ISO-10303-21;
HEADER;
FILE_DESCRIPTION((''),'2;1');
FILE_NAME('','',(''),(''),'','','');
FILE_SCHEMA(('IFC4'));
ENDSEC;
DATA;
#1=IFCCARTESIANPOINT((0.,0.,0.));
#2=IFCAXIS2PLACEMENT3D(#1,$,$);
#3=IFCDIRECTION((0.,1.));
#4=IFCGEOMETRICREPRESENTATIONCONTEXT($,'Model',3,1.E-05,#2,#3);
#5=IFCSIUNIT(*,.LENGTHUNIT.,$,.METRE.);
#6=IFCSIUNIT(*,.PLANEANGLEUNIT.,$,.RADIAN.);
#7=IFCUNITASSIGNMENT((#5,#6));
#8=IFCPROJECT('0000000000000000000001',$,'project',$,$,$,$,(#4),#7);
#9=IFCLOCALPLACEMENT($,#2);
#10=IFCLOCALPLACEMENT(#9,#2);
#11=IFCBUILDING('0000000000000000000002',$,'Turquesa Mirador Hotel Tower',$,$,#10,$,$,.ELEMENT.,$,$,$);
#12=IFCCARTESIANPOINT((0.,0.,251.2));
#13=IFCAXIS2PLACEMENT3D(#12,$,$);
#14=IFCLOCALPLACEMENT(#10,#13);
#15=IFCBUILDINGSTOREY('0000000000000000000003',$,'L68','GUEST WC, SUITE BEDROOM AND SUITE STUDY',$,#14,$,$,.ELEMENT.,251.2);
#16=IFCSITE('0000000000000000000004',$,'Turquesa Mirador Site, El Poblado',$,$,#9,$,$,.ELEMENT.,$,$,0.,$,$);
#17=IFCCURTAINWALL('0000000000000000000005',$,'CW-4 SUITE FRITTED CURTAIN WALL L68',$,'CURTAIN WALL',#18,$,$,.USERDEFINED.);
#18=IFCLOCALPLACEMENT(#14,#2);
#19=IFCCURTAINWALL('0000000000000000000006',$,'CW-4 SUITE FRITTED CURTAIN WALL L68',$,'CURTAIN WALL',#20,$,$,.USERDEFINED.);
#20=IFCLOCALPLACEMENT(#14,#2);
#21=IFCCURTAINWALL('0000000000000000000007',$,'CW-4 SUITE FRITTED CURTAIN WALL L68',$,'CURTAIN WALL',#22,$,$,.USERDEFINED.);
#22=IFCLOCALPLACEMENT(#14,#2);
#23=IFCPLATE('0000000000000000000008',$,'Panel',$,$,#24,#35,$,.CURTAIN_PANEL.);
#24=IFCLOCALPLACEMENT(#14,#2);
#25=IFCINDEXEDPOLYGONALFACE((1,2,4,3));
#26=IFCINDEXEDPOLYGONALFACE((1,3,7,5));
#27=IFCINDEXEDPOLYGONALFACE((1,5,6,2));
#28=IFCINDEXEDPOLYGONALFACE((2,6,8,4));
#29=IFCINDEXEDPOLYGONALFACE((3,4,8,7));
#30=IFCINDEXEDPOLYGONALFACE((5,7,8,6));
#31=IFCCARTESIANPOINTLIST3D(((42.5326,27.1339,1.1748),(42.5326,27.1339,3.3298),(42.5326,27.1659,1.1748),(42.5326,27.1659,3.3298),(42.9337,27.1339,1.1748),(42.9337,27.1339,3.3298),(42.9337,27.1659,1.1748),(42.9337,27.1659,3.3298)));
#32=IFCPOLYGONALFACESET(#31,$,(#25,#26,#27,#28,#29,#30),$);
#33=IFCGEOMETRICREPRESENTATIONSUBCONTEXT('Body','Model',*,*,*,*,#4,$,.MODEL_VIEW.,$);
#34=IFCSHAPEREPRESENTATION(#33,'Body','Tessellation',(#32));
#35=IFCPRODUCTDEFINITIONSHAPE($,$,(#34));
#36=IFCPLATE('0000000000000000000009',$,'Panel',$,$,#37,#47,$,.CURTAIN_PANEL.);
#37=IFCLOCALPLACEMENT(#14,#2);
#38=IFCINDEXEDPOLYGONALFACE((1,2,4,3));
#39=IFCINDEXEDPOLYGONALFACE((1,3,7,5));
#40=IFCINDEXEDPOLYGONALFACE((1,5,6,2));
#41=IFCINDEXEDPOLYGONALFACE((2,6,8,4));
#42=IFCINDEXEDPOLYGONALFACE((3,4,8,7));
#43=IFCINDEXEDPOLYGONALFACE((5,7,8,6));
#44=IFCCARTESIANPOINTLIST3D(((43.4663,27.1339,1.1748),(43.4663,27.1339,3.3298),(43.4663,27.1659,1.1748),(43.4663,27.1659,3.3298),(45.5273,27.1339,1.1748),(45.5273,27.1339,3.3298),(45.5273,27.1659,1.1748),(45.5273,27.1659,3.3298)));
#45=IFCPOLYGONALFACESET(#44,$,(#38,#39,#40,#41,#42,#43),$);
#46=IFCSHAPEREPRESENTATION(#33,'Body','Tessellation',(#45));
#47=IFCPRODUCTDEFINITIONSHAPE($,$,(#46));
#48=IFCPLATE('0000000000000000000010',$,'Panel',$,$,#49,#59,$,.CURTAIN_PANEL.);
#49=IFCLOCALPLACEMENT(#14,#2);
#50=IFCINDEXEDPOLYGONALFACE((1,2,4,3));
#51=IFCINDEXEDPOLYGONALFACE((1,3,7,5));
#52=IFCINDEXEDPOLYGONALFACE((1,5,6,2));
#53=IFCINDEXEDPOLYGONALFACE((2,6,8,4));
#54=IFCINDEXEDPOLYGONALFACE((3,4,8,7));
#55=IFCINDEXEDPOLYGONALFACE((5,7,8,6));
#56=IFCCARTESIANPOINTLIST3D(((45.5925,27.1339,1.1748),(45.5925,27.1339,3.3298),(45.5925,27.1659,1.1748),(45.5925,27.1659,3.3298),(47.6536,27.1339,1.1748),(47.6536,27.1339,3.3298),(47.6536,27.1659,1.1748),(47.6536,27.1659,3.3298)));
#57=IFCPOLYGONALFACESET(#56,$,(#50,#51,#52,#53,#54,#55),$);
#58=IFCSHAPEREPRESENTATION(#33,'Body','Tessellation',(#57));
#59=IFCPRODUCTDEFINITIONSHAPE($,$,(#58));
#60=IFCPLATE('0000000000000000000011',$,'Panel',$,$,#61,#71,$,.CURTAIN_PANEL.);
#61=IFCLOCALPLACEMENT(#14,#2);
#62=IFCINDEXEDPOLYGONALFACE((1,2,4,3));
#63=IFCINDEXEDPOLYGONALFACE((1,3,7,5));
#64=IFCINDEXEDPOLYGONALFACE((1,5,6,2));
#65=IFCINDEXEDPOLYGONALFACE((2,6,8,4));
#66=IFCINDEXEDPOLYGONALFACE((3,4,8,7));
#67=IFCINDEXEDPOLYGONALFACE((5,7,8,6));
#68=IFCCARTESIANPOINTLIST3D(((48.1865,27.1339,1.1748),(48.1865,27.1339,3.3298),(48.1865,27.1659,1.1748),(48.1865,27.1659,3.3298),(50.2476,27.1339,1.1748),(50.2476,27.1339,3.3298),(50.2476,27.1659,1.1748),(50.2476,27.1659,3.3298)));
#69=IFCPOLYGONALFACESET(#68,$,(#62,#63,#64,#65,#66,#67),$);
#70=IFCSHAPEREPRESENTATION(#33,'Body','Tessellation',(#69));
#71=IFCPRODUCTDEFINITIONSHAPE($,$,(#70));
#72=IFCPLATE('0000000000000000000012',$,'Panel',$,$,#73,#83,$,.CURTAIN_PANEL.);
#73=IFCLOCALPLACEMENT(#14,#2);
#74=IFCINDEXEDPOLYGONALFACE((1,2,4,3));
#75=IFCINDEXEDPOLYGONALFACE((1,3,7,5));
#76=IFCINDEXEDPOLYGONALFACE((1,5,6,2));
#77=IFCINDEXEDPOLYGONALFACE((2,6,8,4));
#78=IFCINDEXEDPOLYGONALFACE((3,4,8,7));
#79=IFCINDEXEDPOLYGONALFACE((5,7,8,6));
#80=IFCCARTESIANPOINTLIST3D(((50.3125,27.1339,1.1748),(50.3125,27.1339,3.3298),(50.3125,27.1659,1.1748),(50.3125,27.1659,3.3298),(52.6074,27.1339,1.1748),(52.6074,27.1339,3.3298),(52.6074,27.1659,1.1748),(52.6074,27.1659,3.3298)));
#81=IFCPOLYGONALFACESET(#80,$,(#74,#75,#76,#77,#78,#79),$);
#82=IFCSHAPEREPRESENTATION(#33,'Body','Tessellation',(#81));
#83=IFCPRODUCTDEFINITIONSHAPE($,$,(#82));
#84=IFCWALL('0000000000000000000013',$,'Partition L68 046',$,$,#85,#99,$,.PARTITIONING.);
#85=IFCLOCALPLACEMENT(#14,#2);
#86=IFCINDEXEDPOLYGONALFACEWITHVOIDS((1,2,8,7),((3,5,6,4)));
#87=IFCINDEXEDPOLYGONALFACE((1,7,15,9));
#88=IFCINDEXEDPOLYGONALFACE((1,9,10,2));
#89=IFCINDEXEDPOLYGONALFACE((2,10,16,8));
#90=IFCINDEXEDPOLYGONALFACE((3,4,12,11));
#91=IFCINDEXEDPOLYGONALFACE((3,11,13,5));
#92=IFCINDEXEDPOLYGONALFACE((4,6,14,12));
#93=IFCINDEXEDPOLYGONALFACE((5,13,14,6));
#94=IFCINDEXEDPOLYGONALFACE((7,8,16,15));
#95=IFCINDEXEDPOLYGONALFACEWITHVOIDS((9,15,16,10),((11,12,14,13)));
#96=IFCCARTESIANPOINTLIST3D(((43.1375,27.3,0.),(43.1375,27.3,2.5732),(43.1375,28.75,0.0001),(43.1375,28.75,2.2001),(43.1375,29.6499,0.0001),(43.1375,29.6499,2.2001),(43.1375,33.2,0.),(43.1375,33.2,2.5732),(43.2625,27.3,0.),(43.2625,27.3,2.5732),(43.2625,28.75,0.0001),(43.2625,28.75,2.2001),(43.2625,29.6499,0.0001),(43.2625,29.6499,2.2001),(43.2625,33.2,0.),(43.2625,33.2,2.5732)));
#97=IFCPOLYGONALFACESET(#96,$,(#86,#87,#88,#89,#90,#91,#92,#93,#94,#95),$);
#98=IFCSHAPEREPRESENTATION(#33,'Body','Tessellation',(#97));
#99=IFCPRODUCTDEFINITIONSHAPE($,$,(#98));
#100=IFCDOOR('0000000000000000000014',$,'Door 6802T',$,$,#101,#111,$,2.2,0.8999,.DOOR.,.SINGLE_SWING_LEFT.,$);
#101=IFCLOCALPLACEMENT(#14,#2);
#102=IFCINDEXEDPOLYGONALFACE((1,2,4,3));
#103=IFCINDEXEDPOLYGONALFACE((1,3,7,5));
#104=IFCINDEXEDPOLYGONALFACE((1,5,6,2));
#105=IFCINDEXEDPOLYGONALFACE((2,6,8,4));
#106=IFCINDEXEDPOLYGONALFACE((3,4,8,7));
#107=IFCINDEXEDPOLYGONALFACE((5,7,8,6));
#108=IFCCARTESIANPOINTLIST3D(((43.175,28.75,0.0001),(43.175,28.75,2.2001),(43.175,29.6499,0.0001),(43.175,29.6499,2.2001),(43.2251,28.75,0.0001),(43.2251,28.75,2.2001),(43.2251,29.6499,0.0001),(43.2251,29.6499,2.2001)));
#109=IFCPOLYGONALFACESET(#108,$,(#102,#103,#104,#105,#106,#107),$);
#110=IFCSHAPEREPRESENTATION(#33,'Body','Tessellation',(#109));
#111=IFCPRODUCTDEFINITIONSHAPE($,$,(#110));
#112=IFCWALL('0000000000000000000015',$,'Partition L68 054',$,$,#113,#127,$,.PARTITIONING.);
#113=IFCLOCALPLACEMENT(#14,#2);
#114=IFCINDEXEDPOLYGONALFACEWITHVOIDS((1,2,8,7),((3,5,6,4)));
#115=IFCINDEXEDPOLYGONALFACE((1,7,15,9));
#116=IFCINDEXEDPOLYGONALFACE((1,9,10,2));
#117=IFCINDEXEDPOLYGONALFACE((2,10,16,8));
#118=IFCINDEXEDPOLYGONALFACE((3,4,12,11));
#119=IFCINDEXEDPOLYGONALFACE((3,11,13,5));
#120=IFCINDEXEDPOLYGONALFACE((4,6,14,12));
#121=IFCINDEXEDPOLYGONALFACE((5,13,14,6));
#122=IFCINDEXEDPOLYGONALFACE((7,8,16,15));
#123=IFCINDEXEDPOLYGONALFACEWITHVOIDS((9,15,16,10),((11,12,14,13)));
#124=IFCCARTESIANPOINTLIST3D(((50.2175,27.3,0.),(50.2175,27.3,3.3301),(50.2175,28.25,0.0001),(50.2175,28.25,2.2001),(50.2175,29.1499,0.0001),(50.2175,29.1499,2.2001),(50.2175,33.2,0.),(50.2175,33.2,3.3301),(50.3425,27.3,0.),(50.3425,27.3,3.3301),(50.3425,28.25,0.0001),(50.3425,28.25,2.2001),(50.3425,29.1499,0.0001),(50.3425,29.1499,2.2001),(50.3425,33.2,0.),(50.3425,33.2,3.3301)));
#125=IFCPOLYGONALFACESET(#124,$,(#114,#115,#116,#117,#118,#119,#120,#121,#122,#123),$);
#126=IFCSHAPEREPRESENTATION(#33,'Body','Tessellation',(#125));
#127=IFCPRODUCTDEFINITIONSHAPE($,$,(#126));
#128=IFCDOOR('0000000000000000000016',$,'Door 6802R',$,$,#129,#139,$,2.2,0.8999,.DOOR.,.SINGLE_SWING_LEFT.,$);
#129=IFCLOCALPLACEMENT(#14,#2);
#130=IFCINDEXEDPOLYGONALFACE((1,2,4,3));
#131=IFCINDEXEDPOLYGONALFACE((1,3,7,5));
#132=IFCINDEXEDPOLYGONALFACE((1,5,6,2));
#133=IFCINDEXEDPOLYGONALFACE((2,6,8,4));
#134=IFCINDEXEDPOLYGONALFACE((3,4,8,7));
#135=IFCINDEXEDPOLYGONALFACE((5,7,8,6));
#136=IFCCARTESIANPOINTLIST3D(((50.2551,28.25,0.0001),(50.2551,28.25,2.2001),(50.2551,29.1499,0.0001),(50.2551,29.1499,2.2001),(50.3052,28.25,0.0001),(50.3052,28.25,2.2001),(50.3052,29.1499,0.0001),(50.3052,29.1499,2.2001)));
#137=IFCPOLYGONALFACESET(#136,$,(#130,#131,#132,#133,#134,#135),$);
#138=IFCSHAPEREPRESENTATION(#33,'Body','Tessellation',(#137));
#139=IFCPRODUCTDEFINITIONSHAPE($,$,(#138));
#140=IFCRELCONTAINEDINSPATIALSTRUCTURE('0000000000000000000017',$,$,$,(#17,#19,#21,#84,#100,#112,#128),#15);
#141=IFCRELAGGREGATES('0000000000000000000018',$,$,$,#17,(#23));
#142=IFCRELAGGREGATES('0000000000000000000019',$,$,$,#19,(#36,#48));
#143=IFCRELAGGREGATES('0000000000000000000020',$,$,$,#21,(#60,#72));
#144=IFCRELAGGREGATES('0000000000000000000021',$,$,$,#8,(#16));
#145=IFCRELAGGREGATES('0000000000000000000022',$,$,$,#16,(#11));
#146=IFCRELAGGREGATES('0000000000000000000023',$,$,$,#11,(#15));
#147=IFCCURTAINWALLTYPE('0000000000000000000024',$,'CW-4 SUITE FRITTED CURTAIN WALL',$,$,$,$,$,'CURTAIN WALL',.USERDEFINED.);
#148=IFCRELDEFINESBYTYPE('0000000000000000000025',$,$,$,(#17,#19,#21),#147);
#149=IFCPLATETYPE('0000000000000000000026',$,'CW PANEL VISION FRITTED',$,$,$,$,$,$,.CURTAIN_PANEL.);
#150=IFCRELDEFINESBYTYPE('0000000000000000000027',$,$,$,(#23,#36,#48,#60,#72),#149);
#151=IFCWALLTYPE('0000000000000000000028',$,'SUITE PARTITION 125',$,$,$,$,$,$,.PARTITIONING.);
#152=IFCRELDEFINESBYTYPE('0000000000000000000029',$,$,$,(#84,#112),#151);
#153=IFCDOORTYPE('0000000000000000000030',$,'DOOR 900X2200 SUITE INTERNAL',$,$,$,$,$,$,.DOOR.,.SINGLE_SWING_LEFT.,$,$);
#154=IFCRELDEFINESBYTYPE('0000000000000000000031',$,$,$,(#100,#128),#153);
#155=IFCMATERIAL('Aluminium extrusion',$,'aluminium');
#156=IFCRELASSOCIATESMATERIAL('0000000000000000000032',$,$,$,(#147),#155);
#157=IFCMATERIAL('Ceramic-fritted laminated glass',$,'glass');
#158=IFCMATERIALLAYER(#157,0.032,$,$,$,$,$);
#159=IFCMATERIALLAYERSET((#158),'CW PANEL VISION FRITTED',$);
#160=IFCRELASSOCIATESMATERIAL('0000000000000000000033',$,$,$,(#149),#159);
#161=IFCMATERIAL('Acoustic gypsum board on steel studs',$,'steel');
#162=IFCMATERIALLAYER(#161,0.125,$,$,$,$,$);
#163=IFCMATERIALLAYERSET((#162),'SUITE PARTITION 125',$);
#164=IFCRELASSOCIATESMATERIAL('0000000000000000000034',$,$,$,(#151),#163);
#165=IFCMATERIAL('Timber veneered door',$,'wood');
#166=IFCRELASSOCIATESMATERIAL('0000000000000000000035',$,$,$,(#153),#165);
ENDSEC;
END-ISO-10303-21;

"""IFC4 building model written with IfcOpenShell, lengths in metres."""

from ifc_helpers import new_model, si_unit, direction, frame, frame_2d, origin, origin_2d, place, context, subcontext, project, spatial, rectangle, extrude, material, layer, layer_set, type_object, element, fill, aggregate, save


model = new_model("IFC4")

# Units and contexts
model_context = context("Model", 3, precision=1e-05, world=origin(), true_north=direction((0.0, 1.0)))
body_context = subcontext(model_context, "Body", "Model", "MODEL_VIEW")
ifc_project = project(units=[si_unit("LENGTHUNIT", "METRE"), si_unit("PLANEANGLEUNIT", "RADIAN")], contexts=[model_context])

# Site, building, storey
site_placement = place(None, origin())
site = spatial("IfcSite", under=ifc_project, at=site_placement, Name="Turquesa Mirador Site, El Poblado", CompositionType="ELEMENT", RefElevation=0.0)
building_placement = place(site_placement, origin())
building = spatial("IfcBuilding", under=site, at=building_placement, Name="Turquesa Mirador Hotel Tower", CompositionType="ELEMENT")
storey_placement = place(building_placement, frame((0.0, 0.0, 251.2)))
storey = spatial("IfcBuildingStorey", under=building, at=storey_placement, Name="L68", Description="GUEST WC, SUITE BEDROOM AND SUITE STUDY", CompositionType="ELEMENT", Elevation=251.2)

# Curtain walls
ifc_material_1 = material(Name="Aluminium extrusion", Category="aluminium")
curtain_wall_type = type_object("IfcCurtainWallType", Name="CW-4 SUITE FRITTED CURTAIN WALL", ElementType="CURTAIN WALL", PredefinedType="USERDEFINED", material=ifc_material_1)
curtain_wall_1_placement = place(storey_placement, origin())
curtain_wall_1 = element("IfcCurtainWall", 1, at=curtain_wall_1_placement, inside=storey, type_object=curtain_wall_type, Name="CW-4 SUITE FRITTED CURTAIN WALL L68", ObjectType="CURTAIN WALL", PredefinedType="USERDEFINED")
curtain_wall_2_placement = place(storey_placement, origin())
curtain_wall_2 = element("IfcCurtainWall", 2, at=curtain_wall_2_placement, inside=storey, type_object=curtain_wall_type, Name="CW-4 SUITE FRITTED CURTAIN WALL L68", ObjectType="CURTAIN WALL", PredefinedType="USERDEFINED")
curtain_wall_3_placement = place(storey_placement, origin())
curtain_wall_3 = element("IfcCurtainWall", 3, at=curtain_wall_3_placement, inside=storey, type_object=curtain_wall_type, Name="CW-4 SUITE FRITTED CURTAIN WALL L68", ObjectType="CURTAIN WALL", PredefinedType="USERDEFINED")

# Plates
ifc_material_2 = material(Name="Ceramic-fritted laminated glass", Category="glass")
ifc_layer_1 = layer(ifc_material_2, 0.032)
ifc_layer_set_1 = layer_set([ifc_layer_1], Name="CW PANEL VISION FRITTED")
plate_type_1 = type_object("IfcPlateType", Name="CW PANEL VISION FRITTED", PredefinedType="CURTAIN_PANEL", material=ifc_layer_set_1)
plate_1_placement = place(storey_placement, frame((42.7332, 27.1499, 1.1748), z_axis=(0.0, 0.0, 1.0), x_axis=(1.0, 0.0, 0.0)))
plate_1 = element("IfcPlate", 4, at=plate_1_placement, type_object=plate_type_1, Name="Panel", PredefinedType="CURTAIN_PANEL", context=body_context, shape_type="SweptSolid", body=[
    extrude(rectangle(XDim=0.4011, YDim=0.032, at=origin_2d()), origin(), (0.0, 0.0, 1.0), 2.155),
])
aggregate(curtain_wall_1, [plate_1])
plate_2_placement = place(storey_placement, frame((44.4968, 27.1499, 1.1748), z_axis=(0.0, 0.0, 1.0), x_axis=(1.0, 0.0, 0.0)))
plate_2 = element("IfcPlate", 5, at=plate_2_placement, type_object=plate_type_1, Name="Panel", PredefinedType="CURTAIN_PANEL", context=body_context, shape_type="SweptSolid", body=[
    extrude(rectangle(XDim=2.061, YDim=0.032, at=origin_2d()), origin(), (0.0, 0.0, 1.0), 2.155),
])
plate_3_placement = place(storey_placement, frame((46.623, 27.1499, 1.1748), z_axis=(0.0, 0.0, 1.0), x_axis=(1.0, 0.0, 0.0)))
plate_3 = element("IfcPlate", 6, at=plate_3_placement, type_object=plate_type_1, Name="Panel", PredefinedType="CURTAIN_PANEL", context=body_context, shape_type="SweptSolid", body=[
    extrude(rectangle(XDim=2.061, YDim=0.032, at=origin_2d()), origin(), (0.0, 0.0, 1.0), 2.155),
])
aggregate(curtain_wall_2, [plate_2, plate_3])
plate_4_placement = place(storey_placement, frame((49.217, 27.1499, 1.1748), z_axis=(0.0, 0.0, 1.0), x_axis=(1.0, 0.0, 0.0)))
plate_4 = element("IfcPlate", 7, at=plate_4_placement, type_object=plate_type_1, Name="Panel", PredefinedType="CURTAIN_PANEL", context=body_context, shape_type="SweptSolid", body=[
    extrude(rectangle(XDim=2.061, YDim=0.032, at=origin_2d()), origin(), (0.0, 0.0, 1.0), 2.155),
])
plate_5_placement = place(storey_placement, frame((51.46, 27.1499, 1.1748), z_axis=(0.0, 0.0, 1.0), x_axis=(1.0, 0.0, 0.0)))
plate_5 = element("IfcPlate", 8, at=plate_5_placement, type_object=plate_type_1, Name="Panel", PredefinedType="CURTAIN_PANEL", context=body_context, shape_type="SweptSolid", body=[
    extrude(rectangle(XDim=2.2949, YDim=0.032, at=origin_2d()), origin(), (0.0, 0.0, 1.0), 2.155),
])
aggregate(curtain_wall_3, [plate_4, plate_5])

# Walls, openings, doors
ifc_material_3 = material(Name="Acoustic gypsum board on steel studs", Category="steel")
ifc_layer_2 = layer(ifc_material_3, 0.125)
ifc_layer_set_2 = layer_set([ifc_layer_2], Name="SUITE PARTITION 125")
wall_type = type_object("IfcWallType", Name="SUITE PARTITION 125", PredefinedType="PARTITIONING", material=ifc_layer_set_2)
wall_1_placement = place(storey_placement, frame((43.2, 27.3, 0.0), z_axis=(0.0, 0.0, 1.0), x_axis=(0.0, 1.0, 0.0)))
wall_1 = element("IfcWall", 9, at=wall_1_placement, inside=storey, type_object=wall_type, Name="Partition L68 046", PredefinedType="PARTITIONING", context=body_context, shape_type="SweptSolid", body=[
    extrude(rectangle(XDim=5.8999, YDim=0.125, at=frame_2d((2.95, 0.0))), origin(), (0.0, 0.0, 1.0), 2.5732),
])
opening_1_placement = place(wall_1_placement, frame((1.45, 0.0, 0.0)))
opening_1 = element("IfcOpeningElement", 10, at=opening_1_placement, cuts=wall_1, PredefinedType="OPENING", context=body_context, shape_type="SweptSolid", body=[
    extrude(rectangle(XDim=0.8999, YDim=2.2, at=frame_2d((0.45, 1.1001))), frame((0.0, 0.0725, 0.0), z_axis=(0.0, -1.0, 0.0), x_axis=(1.0, 0.0, 0.0)), (0.0, 0.0, 1.0), 0.145),
])
ifc_material_4 = material(Name="Timber veneered door", Category="wood")
door_type = type_object("IfcDoorType", Name="DOOR 900X2200 SUITE INTERNAL", OperationType="SINGLE_SWING_LEFT", PredefinedType="DOOR", material=ifc_material_4)
door_1_placement = place(opening_1_placement, origin())
door_1 = element("IfcDoor", 11, at=door_1_placement, inside=storey, type_object=door_type, Name="Door 6802T", OperationType="SINGLE_SWING_LEFT", OverallHeight=2.2, OverallWidth=0.8999, PredefinedType="DOOR", context=body_context, shape_type="SweptSolid", body=[
    extrude(rectangle(XDim=0.8999, YDim=2.2, at=frame_2d((0.45, 1.1001))), frame((0.0, 0.0249, 0.0), z_axis=(0.0, -1.0, 0.0), x_axis=(1.0, 0.0, 0.0)), (0.0, 0.0, 1.0), 0.05),
])
fill(opening_1, door_1)
wall_2_placement = place(storey_placement, frame((50.28, 27.3, 0.0), z_axis=(0.0, 0.0, 1.0), x_axis=(0.0, 1.0, 0.0)))
wall_2 = element("IfcWall", 12, at=wall_2_placement, inside=storey, type_object=wall_type, Name="Partition L68 054", PredefinedType="PARTITIONING", context=body_context, shape_type="SweptSolid", body=[
    extrude(rectangle(XDim=5.8999, YDim=0.125, at=frame_2d((2.95, 0.0))), origin(), (0.0, 0.0, 1.0), 3.3301),
])
opening_2_placement = place(wall_2_placement, frame((0.95, 0.0, 0.0)))
opening_2 = element("IfcOpeningElement", 13, at=opening_2_placement, cuts=wall_2, PredefinedType="OPENING", context=body_context, shape_type="SweptSolid", body=[
    extrude(rectangle(XDim=0.8999, YDim=2.2, at=frame_2d((0.45, 1.1001))), frame((0.0, 0.0725, 0.0), z_axis=(0.0, -1.0, 0.0), x_axis=(1.0, 0.0, 0.0)), (0.0, 0.0, 1.0), 0.145),
])
door_2_placement = place(opening_2_placement, origin())
door_2 = element("IfcDoor", 14, at=door_2_placement, inside=storey, type_object=door_type, Name="Door 6802R", OperationType="SINGLE_SWING_LEFT", OverallHeight=2.2, OverallWidth=0.8999, PredefinedType="DOOR", context=body_context, shape_type="SweptSolid", body=[
    extrude(rectangle(XDim=0.8999, YDim=2.2, at=frame_2d((0.45, 1.1001))), frame((0.0, 0.0249, 0.0), z_axis=(0.0, -1.0, 0.0), x_axis=(1.0, 0.0, 0.0)), (0.0, 0.0, 1.0), 0.05),
])
fill(opening_2, door_2)

save(model, "model.ifc")
